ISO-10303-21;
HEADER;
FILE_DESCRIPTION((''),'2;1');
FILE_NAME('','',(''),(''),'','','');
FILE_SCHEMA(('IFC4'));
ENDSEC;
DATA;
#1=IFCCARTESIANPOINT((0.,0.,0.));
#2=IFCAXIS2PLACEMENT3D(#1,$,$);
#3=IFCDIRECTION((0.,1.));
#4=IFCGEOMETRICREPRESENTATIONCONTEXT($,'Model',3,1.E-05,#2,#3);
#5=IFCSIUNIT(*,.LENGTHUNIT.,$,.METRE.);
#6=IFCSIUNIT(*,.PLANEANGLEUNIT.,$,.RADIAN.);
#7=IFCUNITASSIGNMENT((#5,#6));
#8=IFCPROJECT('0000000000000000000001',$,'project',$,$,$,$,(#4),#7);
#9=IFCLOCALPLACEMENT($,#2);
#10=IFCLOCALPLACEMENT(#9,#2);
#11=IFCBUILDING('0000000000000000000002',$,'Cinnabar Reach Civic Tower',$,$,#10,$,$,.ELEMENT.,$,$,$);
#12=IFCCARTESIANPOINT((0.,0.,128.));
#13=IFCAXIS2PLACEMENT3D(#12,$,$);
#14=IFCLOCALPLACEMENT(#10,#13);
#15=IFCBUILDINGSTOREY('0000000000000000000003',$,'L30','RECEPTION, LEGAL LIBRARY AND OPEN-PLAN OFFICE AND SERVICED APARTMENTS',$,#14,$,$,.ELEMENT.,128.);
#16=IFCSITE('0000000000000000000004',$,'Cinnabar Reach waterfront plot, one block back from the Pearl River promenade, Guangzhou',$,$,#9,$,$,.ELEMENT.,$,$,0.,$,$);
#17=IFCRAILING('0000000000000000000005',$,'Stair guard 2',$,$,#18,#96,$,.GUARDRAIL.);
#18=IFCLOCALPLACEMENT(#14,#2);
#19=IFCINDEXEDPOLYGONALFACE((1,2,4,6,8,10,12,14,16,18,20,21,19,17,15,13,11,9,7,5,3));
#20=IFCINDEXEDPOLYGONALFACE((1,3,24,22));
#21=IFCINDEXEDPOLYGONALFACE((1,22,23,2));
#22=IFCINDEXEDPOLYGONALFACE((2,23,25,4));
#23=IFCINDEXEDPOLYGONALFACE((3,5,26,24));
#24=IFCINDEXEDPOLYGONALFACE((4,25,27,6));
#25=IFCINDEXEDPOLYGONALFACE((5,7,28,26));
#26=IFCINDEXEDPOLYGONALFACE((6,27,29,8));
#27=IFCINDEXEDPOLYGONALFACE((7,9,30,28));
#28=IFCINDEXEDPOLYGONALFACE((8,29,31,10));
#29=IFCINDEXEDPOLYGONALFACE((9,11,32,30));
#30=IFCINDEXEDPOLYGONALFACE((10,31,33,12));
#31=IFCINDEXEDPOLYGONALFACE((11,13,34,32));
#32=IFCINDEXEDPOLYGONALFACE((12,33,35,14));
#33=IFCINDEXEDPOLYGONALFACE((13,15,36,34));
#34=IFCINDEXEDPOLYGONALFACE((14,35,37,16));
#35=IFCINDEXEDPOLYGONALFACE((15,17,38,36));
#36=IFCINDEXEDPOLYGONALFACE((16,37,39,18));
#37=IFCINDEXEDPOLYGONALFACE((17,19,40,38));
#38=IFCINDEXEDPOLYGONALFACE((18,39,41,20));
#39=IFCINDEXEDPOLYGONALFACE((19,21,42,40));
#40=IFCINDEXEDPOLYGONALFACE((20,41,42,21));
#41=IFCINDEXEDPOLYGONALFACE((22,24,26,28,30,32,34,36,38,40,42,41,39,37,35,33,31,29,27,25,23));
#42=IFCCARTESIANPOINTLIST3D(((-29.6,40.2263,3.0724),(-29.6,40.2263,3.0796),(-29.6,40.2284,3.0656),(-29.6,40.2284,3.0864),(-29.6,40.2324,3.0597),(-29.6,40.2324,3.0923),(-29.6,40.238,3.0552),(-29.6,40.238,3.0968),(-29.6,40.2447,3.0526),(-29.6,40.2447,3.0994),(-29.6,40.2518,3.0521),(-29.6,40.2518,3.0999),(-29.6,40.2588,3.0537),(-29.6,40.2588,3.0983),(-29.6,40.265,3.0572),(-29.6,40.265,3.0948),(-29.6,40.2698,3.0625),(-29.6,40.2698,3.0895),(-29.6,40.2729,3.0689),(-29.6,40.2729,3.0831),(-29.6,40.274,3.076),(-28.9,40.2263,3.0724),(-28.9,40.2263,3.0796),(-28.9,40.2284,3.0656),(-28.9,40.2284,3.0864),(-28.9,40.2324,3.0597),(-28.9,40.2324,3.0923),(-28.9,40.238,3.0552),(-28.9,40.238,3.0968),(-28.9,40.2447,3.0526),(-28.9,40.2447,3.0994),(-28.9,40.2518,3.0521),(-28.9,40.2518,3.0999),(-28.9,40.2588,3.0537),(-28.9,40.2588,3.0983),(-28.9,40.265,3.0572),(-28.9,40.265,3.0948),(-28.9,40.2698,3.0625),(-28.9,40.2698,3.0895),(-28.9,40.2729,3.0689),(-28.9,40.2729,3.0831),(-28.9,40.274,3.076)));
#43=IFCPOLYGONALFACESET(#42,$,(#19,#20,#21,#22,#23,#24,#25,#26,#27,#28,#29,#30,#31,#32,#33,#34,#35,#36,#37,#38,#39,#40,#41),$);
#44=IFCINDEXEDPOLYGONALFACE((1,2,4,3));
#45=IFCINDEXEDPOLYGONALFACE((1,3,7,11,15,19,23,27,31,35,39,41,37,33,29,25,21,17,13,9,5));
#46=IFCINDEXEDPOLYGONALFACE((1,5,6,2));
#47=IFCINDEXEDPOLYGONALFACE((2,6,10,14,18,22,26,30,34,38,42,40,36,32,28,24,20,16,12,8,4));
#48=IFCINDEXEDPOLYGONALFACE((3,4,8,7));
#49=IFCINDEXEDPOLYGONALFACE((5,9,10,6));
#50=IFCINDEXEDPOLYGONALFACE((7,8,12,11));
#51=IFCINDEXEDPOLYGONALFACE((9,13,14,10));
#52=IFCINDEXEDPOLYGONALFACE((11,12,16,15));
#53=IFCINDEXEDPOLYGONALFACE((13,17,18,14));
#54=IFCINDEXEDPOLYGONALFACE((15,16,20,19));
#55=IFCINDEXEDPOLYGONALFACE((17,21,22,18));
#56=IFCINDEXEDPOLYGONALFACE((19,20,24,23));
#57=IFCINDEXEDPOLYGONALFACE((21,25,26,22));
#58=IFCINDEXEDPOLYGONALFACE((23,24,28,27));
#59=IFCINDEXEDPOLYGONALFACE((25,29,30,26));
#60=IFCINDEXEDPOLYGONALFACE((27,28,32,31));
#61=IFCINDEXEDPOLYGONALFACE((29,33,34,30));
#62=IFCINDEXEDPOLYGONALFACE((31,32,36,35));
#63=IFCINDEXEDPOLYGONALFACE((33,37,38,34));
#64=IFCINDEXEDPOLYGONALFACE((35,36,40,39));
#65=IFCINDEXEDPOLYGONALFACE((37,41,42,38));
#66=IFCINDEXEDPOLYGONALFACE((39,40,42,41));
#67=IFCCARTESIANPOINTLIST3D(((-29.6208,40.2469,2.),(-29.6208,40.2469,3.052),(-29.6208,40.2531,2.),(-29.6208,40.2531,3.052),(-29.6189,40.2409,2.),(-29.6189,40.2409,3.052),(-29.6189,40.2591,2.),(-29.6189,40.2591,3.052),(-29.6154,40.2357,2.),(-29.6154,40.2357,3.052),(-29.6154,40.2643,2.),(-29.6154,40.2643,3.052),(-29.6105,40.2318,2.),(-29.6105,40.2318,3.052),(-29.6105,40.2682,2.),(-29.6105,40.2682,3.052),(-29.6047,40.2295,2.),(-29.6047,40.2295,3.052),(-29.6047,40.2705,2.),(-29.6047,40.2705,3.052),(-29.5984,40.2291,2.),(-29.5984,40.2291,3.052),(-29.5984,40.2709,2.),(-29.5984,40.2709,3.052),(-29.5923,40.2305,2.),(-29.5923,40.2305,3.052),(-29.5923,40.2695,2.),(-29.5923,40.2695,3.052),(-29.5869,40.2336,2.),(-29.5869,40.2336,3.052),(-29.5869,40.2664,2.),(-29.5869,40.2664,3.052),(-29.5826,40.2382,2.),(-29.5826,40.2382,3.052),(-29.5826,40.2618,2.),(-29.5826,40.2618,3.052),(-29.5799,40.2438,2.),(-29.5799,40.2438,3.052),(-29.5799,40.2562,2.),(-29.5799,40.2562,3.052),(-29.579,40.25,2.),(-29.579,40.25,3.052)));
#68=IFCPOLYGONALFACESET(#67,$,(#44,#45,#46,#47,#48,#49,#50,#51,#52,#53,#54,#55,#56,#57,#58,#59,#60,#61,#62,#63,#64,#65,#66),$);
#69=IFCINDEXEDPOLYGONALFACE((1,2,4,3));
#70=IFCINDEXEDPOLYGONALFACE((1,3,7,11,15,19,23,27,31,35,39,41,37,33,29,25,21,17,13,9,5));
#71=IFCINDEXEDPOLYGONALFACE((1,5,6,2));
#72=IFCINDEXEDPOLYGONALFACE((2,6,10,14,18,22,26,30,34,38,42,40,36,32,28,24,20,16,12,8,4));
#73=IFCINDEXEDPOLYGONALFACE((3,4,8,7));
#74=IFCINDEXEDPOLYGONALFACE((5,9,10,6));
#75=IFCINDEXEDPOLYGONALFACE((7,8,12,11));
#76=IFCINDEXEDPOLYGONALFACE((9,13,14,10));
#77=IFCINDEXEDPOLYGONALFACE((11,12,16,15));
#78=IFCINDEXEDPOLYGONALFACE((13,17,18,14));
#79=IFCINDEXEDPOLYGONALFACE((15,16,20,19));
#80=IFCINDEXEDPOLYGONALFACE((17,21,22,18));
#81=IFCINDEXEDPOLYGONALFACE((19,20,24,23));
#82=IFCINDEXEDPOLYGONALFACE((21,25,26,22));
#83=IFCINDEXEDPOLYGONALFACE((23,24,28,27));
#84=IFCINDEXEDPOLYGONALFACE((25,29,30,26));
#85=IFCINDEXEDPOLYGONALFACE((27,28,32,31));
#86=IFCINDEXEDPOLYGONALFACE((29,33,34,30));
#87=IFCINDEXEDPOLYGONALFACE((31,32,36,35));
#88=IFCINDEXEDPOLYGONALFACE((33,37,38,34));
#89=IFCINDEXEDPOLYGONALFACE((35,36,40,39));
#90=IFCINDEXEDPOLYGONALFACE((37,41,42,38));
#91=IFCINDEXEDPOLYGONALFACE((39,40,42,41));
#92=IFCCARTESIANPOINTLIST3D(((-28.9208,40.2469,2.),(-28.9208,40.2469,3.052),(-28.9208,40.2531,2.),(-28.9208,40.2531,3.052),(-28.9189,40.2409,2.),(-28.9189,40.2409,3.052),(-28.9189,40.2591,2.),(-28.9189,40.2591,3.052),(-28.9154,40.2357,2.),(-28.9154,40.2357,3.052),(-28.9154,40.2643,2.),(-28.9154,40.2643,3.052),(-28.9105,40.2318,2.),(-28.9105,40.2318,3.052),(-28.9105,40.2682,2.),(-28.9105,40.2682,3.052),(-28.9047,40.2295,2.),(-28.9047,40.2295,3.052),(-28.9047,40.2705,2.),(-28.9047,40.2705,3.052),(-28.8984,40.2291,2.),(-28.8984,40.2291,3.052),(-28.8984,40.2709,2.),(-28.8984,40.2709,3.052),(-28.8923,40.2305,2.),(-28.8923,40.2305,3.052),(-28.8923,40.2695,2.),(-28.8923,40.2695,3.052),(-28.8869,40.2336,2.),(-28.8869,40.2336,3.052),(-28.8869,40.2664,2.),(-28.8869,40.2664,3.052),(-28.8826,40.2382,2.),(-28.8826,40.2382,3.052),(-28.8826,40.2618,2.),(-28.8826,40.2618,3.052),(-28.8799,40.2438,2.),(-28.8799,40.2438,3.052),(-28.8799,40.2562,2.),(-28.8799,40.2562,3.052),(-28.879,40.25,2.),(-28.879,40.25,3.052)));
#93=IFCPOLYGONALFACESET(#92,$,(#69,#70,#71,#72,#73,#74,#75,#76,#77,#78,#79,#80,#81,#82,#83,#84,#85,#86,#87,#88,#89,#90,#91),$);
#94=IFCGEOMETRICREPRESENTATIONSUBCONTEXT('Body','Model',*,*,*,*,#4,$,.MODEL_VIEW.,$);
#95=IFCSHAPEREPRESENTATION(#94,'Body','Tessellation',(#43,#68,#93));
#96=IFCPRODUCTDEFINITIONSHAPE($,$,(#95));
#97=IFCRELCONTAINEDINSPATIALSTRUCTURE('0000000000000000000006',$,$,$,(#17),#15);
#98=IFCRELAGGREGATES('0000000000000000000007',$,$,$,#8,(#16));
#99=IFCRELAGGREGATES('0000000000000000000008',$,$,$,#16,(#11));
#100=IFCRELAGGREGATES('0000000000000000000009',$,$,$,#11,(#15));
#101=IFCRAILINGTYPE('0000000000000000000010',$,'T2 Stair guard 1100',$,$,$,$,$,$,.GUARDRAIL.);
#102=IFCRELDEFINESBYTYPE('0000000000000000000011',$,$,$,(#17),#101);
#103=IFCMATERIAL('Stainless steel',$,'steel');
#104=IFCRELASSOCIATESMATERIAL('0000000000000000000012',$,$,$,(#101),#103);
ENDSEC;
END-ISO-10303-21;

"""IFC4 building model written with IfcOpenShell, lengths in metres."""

from ifc_helpers import new_model, si_unit, direction, frame, origin, origin_2d, place, context, subcontext, project, spatial, circle, extrude, material, type_object, element, save


model = new_model("IFC4")

# Units and contexts
model_context = context("Model", 3, precision=1e-05, world=origin(), true_north=direction((0.0, 1.0)))
body_context = subcontext(model_context, "Body", "Model", "MODEL_VIEW")
ifc_project = project(units=[si_unit("LENGTHUNIT", "METRE"), si_unit("PLANEANGLEUNIT", "RADIAN")], contexts=[model_context])

# Site, building, storey
site_placement = place(None, origin())
site = spatial("IfcSite", under=ifc_project, at=site_placement, Name="Cinnabar Reach waterfront plot, one block back from the Pearl River promenade, Guangzhou", CompositionType="ELEMENT", RefElevation=0.0)
building_placement = place(site_placement, origin())
building = spatial("IfcBuilding", under=site, at=building_placement, Name="Cinnabar Reach Civic Tower", CompositionType="ELEMENT")
storey_placement = place(building_placement, frame((0.0, 0.0, 128.0)))
storey = spatial("IfcBuildingStorey", under=building, at=storey_placement, Name="L30", Description="RECEPTION, LEGAL LIBRARY AND OPEN-PLAN OFFICE AND SERVICED APARTMENTS", CompositionType="ELEMENT", Elevation=128.0)

# Railing
ifc_material_1 = material(Name="Stainless steel", Category="steel")
railing_type = type_object("IfcRailingType", Name="T2 Stair guard 1100", PredefinedType="GUARDRAIL", material=ifc_material_1)
railing_1_placement = place(storey_placement, frame((-29.6, 40.25, 2.0)))
element("IfcRailing", 1, at=railing_1_placement, inside=storey, type_object=railing_type, Name="Stair guard 2", PredefinedType="GUARDRAIL", context=body_context, shape_type="SweptSolid", body=[
    extrude(circle(Radius=0.024, at=origin_2d()), frame((0.0, 0.0, 1.076), z_axis=(1.0, 0.0, 0.0), x_axis=(0.0, 1.0, 0.0)), (0.0, 0.0, 1.0), 0.7),
    extrude(circle(Radius=0.021, at=origin_2d()), origin(), (0.0, 0.0, 1.0), 1.052),
    extrude(circle(Radius=0.021, at=origin_2d()), frame((0.7, 0.0, 0.0)), (0.0, 0.0, 1.0), 1.052),
])

save(model, "model.ifc")
